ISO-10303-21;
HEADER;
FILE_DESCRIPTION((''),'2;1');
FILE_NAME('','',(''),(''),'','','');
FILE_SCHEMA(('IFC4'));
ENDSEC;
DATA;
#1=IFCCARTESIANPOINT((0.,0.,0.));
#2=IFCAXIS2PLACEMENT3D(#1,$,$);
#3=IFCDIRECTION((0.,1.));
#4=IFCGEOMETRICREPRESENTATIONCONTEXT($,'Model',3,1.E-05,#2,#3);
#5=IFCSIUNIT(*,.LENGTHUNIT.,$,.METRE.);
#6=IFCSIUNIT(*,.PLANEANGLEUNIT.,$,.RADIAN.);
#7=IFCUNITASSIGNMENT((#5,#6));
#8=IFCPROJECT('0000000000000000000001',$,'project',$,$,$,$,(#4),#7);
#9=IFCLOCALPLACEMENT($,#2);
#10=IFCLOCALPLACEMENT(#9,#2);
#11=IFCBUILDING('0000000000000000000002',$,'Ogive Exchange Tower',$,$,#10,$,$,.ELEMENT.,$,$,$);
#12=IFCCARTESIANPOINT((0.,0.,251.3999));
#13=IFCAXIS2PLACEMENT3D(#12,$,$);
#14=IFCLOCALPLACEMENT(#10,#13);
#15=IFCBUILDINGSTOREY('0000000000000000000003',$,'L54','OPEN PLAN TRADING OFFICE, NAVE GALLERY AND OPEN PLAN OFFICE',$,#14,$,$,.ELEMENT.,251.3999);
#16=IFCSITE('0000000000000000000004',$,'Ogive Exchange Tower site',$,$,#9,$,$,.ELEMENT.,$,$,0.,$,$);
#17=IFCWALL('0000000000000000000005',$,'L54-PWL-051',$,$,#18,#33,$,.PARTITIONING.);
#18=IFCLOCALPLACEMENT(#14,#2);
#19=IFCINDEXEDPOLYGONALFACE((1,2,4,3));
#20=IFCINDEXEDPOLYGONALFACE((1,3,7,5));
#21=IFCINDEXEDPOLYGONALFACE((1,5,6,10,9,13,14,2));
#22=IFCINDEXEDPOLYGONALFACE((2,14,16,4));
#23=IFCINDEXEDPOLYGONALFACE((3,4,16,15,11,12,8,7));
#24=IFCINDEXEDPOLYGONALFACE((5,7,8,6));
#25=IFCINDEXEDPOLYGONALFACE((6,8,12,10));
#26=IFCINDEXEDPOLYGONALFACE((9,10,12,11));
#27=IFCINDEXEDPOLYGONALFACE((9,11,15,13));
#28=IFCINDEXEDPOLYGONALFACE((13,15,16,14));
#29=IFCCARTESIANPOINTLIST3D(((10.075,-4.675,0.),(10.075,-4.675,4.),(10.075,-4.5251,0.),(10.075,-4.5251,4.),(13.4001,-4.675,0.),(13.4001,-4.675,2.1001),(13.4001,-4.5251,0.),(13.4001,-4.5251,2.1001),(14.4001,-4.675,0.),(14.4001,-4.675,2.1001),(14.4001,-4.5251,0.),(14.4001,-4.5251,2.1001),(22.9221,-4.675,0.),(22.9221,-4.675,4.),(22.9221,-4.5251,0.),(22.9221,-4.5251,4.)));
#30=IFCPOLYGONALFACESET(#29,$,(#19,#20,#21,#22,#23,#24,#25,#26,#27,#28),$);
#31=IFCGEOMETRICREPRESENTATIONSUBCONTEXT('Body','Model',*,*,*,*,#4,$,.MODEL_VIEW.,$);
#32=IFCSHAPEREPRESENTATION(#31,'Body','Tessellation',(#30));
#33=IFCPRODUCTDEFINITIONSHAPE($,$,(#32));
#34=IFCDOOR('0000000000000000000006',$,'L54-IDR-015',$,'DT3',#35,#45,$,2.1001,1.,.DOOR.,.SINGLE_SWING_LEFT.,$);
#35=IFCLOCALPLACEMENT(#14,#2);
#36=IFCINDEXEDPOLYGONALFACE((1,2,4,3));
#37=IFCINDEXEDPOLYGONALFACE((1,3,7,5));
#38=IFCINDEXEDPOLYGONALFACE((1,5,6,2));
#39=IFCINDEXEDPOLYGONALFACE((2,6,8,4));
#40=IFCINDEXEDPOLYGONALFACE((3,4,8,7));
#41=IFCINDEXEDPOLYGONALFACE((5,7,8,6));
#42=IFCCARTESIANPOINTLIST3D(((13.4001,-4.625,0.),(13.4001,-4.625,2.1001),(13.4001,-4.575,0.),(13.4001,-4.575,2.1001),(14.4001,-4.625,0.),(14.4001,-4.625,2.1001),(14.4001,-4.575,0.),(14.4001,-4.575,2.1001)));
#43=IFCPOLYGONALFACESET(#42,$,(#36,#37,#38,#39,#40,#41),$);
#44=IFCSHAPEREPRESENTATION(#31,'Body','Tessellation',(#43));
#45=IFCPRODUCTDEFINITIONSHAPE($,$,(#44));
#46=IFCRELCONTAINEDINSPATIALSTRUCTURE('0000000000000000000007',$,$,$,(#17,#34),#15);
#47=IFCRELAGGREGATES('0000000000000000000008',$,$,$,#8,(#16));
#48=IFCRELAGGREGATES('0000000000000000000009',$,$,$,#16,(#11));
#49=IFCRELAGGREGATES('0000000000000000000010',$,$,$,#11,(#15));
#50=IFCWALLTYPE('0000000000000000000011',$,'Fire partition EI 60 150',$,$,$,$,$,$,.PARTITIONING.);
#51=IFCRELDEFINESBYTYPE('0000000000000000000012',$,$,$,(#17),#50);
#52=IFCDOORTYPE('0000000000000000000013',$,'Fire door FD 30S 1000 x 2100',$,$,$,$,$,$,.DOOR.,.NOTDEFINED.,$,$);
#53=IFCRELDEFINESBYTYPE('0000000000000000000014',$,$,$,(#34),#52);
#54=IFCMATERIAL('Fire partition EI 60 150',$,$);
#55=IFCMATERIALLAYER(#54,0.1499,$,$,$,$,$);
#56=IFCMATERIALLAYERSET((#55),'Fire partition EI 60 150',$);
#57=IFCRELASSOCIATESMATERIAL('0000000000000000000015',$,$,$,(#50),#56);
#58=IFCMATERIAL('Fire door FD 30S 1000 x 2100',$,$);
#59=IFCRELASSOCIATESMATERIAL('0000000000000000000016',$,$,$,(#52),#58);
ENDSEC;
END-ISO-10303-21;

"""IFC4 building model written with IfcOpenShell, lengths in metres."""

from ifc_helpers import new_model, si_unit, direction, frame, frame_2d, origin, place, context, subcontext, project, spatial, rectangle, extrude, material, layer, layer_set, type_object, element, fill, save


model = new_model("IFC4")

# Units and contexts
model_context = context("Model", 3, precision=1e-05, world=origin(), true_north=direction((0.0, 1.0)))
body_context = subcontext(model_context, "Body", "Model", "MODEL_VIEW")
ifc_project = project(units=[si_unit("LENGTHUNIT", "METRE"), si_unit("PLANEANGLEUNIT", "RADIAN")], contexts=[model_context])

# Site, building, storey
site_placement = place(None, origin())
site = spatial("IfcSite", under=ifc_project, at=site_placement, Name="Ogive Exchange Tower site", CompositionType="ELEMENT", RefElevation=0.0)
building_placement = place(site_placement, origin())
building = spatial("IfcBuilding", under=site, at=building_placement, Name="Ogive Exchange Tower", CompositionType="ELEMENT")
storey_placement = place(building_placement, frame((0.0, 0.0, 251.3999)))
storey = spatial("IfcBuildingStorey", under=building, at=storey_placement, Name="L54", Description="OPEN PLAN TRADING OFFICE, NAVE GALLERY AND OPEN PLAN OFFICE", CompositionType="ELEMENT", Elevation=251.3999)

# Wall, opening, door
ifc_material_1 = material(Name="Fire partition EI 60 150")
ifc_layer_1 = layer(ifc_material_1, 0.1499)
ifc_layer_set_1 = layer_set([ifc_layer_1], Name="Fire partition EI 60 150")
wall_type_1 = type_object("IfcWallType", Name="Fire partition EI 60 150", PredefinedType="PARTITIONING", material=ifc_layer_set_1)
wall_1_placement = place(storey_placement, frame((22.9221, -4.6001, 0.0), z_axis=(0.0, 0.0, 1.0), x_axis=(-1.0, 0.0, 0.0)))
wall_1 = element("IfcWall", 1, at=wall_1_placement, inside=storey, type_object=wall_type_1, Name="L54-PWL-051", PredefinedType="PARTITIONING", context=body_context, shape_type="SweptSolid", body=[
    extrude(rectangle(XDim=12.8472, YDim=0.1499, at=frame_2d((6.4236, 0.0))), origin(), (0.0, 0.0, 1.0), 4.0),
])
opening_1_placement = place(wall_1_placement, frame((8.522, 0.0, 0.0)))
opening_1 = element("IfcOpeningElement", 2, at=opening_1_placement, cuts=wall_1, PredefinedType="OPENING", context=body_context, shape_type="SweptSolid", body=[
    extrude(rectangle(XDim=1.0, YDim=2.1001, at=frame_2d((0.5, 1.05))), frame((0.0, 0.085, 0.0), z_axis=(0.0, -1.0, 0.0), x_axis=(1.0, 0.0, 0.0)), (0.0, 0.0, 1.0), 0.1699),
])
ifc_material_2 = material(Name="Fire door FD 30S 1000 x 2100")
door_type_1 = type_object("IfcDoorType", Name="Fire door FD 30S 1000 x 2100", OperationType="NOTDEFINED", PredefinedType="DOOR", material=ifc_material_2)
door_1_placement = place(opening_1_placement, origin())
door_1 = element("IfcDoor", 3, at=door_1_placement, inside=storey, type_object=door_type_1, Name="L54-IDR-015", ObjectType="DT3", OperationType="SINGLE_SWING_LEFT", OverallHeight=2.1001, OverallWidth=1.0, PredefinedType="DOOR", context=body_context, shape_type="SweptSolid", body=[
    extrude(rectangle(XDim=1.0, YDim=2.1001, at=frame_2d((0.5, 1.05))), frame((0.0, 0.0249, 0.0), z_axis=(0.0, -1.0, 0.0), x_axis=(1.0, 0.0, 0.0)), (0.0, 0.0, 1.0), 0.05),
])
fill(opening_1, door_1)

save(model, "model.ifc")
